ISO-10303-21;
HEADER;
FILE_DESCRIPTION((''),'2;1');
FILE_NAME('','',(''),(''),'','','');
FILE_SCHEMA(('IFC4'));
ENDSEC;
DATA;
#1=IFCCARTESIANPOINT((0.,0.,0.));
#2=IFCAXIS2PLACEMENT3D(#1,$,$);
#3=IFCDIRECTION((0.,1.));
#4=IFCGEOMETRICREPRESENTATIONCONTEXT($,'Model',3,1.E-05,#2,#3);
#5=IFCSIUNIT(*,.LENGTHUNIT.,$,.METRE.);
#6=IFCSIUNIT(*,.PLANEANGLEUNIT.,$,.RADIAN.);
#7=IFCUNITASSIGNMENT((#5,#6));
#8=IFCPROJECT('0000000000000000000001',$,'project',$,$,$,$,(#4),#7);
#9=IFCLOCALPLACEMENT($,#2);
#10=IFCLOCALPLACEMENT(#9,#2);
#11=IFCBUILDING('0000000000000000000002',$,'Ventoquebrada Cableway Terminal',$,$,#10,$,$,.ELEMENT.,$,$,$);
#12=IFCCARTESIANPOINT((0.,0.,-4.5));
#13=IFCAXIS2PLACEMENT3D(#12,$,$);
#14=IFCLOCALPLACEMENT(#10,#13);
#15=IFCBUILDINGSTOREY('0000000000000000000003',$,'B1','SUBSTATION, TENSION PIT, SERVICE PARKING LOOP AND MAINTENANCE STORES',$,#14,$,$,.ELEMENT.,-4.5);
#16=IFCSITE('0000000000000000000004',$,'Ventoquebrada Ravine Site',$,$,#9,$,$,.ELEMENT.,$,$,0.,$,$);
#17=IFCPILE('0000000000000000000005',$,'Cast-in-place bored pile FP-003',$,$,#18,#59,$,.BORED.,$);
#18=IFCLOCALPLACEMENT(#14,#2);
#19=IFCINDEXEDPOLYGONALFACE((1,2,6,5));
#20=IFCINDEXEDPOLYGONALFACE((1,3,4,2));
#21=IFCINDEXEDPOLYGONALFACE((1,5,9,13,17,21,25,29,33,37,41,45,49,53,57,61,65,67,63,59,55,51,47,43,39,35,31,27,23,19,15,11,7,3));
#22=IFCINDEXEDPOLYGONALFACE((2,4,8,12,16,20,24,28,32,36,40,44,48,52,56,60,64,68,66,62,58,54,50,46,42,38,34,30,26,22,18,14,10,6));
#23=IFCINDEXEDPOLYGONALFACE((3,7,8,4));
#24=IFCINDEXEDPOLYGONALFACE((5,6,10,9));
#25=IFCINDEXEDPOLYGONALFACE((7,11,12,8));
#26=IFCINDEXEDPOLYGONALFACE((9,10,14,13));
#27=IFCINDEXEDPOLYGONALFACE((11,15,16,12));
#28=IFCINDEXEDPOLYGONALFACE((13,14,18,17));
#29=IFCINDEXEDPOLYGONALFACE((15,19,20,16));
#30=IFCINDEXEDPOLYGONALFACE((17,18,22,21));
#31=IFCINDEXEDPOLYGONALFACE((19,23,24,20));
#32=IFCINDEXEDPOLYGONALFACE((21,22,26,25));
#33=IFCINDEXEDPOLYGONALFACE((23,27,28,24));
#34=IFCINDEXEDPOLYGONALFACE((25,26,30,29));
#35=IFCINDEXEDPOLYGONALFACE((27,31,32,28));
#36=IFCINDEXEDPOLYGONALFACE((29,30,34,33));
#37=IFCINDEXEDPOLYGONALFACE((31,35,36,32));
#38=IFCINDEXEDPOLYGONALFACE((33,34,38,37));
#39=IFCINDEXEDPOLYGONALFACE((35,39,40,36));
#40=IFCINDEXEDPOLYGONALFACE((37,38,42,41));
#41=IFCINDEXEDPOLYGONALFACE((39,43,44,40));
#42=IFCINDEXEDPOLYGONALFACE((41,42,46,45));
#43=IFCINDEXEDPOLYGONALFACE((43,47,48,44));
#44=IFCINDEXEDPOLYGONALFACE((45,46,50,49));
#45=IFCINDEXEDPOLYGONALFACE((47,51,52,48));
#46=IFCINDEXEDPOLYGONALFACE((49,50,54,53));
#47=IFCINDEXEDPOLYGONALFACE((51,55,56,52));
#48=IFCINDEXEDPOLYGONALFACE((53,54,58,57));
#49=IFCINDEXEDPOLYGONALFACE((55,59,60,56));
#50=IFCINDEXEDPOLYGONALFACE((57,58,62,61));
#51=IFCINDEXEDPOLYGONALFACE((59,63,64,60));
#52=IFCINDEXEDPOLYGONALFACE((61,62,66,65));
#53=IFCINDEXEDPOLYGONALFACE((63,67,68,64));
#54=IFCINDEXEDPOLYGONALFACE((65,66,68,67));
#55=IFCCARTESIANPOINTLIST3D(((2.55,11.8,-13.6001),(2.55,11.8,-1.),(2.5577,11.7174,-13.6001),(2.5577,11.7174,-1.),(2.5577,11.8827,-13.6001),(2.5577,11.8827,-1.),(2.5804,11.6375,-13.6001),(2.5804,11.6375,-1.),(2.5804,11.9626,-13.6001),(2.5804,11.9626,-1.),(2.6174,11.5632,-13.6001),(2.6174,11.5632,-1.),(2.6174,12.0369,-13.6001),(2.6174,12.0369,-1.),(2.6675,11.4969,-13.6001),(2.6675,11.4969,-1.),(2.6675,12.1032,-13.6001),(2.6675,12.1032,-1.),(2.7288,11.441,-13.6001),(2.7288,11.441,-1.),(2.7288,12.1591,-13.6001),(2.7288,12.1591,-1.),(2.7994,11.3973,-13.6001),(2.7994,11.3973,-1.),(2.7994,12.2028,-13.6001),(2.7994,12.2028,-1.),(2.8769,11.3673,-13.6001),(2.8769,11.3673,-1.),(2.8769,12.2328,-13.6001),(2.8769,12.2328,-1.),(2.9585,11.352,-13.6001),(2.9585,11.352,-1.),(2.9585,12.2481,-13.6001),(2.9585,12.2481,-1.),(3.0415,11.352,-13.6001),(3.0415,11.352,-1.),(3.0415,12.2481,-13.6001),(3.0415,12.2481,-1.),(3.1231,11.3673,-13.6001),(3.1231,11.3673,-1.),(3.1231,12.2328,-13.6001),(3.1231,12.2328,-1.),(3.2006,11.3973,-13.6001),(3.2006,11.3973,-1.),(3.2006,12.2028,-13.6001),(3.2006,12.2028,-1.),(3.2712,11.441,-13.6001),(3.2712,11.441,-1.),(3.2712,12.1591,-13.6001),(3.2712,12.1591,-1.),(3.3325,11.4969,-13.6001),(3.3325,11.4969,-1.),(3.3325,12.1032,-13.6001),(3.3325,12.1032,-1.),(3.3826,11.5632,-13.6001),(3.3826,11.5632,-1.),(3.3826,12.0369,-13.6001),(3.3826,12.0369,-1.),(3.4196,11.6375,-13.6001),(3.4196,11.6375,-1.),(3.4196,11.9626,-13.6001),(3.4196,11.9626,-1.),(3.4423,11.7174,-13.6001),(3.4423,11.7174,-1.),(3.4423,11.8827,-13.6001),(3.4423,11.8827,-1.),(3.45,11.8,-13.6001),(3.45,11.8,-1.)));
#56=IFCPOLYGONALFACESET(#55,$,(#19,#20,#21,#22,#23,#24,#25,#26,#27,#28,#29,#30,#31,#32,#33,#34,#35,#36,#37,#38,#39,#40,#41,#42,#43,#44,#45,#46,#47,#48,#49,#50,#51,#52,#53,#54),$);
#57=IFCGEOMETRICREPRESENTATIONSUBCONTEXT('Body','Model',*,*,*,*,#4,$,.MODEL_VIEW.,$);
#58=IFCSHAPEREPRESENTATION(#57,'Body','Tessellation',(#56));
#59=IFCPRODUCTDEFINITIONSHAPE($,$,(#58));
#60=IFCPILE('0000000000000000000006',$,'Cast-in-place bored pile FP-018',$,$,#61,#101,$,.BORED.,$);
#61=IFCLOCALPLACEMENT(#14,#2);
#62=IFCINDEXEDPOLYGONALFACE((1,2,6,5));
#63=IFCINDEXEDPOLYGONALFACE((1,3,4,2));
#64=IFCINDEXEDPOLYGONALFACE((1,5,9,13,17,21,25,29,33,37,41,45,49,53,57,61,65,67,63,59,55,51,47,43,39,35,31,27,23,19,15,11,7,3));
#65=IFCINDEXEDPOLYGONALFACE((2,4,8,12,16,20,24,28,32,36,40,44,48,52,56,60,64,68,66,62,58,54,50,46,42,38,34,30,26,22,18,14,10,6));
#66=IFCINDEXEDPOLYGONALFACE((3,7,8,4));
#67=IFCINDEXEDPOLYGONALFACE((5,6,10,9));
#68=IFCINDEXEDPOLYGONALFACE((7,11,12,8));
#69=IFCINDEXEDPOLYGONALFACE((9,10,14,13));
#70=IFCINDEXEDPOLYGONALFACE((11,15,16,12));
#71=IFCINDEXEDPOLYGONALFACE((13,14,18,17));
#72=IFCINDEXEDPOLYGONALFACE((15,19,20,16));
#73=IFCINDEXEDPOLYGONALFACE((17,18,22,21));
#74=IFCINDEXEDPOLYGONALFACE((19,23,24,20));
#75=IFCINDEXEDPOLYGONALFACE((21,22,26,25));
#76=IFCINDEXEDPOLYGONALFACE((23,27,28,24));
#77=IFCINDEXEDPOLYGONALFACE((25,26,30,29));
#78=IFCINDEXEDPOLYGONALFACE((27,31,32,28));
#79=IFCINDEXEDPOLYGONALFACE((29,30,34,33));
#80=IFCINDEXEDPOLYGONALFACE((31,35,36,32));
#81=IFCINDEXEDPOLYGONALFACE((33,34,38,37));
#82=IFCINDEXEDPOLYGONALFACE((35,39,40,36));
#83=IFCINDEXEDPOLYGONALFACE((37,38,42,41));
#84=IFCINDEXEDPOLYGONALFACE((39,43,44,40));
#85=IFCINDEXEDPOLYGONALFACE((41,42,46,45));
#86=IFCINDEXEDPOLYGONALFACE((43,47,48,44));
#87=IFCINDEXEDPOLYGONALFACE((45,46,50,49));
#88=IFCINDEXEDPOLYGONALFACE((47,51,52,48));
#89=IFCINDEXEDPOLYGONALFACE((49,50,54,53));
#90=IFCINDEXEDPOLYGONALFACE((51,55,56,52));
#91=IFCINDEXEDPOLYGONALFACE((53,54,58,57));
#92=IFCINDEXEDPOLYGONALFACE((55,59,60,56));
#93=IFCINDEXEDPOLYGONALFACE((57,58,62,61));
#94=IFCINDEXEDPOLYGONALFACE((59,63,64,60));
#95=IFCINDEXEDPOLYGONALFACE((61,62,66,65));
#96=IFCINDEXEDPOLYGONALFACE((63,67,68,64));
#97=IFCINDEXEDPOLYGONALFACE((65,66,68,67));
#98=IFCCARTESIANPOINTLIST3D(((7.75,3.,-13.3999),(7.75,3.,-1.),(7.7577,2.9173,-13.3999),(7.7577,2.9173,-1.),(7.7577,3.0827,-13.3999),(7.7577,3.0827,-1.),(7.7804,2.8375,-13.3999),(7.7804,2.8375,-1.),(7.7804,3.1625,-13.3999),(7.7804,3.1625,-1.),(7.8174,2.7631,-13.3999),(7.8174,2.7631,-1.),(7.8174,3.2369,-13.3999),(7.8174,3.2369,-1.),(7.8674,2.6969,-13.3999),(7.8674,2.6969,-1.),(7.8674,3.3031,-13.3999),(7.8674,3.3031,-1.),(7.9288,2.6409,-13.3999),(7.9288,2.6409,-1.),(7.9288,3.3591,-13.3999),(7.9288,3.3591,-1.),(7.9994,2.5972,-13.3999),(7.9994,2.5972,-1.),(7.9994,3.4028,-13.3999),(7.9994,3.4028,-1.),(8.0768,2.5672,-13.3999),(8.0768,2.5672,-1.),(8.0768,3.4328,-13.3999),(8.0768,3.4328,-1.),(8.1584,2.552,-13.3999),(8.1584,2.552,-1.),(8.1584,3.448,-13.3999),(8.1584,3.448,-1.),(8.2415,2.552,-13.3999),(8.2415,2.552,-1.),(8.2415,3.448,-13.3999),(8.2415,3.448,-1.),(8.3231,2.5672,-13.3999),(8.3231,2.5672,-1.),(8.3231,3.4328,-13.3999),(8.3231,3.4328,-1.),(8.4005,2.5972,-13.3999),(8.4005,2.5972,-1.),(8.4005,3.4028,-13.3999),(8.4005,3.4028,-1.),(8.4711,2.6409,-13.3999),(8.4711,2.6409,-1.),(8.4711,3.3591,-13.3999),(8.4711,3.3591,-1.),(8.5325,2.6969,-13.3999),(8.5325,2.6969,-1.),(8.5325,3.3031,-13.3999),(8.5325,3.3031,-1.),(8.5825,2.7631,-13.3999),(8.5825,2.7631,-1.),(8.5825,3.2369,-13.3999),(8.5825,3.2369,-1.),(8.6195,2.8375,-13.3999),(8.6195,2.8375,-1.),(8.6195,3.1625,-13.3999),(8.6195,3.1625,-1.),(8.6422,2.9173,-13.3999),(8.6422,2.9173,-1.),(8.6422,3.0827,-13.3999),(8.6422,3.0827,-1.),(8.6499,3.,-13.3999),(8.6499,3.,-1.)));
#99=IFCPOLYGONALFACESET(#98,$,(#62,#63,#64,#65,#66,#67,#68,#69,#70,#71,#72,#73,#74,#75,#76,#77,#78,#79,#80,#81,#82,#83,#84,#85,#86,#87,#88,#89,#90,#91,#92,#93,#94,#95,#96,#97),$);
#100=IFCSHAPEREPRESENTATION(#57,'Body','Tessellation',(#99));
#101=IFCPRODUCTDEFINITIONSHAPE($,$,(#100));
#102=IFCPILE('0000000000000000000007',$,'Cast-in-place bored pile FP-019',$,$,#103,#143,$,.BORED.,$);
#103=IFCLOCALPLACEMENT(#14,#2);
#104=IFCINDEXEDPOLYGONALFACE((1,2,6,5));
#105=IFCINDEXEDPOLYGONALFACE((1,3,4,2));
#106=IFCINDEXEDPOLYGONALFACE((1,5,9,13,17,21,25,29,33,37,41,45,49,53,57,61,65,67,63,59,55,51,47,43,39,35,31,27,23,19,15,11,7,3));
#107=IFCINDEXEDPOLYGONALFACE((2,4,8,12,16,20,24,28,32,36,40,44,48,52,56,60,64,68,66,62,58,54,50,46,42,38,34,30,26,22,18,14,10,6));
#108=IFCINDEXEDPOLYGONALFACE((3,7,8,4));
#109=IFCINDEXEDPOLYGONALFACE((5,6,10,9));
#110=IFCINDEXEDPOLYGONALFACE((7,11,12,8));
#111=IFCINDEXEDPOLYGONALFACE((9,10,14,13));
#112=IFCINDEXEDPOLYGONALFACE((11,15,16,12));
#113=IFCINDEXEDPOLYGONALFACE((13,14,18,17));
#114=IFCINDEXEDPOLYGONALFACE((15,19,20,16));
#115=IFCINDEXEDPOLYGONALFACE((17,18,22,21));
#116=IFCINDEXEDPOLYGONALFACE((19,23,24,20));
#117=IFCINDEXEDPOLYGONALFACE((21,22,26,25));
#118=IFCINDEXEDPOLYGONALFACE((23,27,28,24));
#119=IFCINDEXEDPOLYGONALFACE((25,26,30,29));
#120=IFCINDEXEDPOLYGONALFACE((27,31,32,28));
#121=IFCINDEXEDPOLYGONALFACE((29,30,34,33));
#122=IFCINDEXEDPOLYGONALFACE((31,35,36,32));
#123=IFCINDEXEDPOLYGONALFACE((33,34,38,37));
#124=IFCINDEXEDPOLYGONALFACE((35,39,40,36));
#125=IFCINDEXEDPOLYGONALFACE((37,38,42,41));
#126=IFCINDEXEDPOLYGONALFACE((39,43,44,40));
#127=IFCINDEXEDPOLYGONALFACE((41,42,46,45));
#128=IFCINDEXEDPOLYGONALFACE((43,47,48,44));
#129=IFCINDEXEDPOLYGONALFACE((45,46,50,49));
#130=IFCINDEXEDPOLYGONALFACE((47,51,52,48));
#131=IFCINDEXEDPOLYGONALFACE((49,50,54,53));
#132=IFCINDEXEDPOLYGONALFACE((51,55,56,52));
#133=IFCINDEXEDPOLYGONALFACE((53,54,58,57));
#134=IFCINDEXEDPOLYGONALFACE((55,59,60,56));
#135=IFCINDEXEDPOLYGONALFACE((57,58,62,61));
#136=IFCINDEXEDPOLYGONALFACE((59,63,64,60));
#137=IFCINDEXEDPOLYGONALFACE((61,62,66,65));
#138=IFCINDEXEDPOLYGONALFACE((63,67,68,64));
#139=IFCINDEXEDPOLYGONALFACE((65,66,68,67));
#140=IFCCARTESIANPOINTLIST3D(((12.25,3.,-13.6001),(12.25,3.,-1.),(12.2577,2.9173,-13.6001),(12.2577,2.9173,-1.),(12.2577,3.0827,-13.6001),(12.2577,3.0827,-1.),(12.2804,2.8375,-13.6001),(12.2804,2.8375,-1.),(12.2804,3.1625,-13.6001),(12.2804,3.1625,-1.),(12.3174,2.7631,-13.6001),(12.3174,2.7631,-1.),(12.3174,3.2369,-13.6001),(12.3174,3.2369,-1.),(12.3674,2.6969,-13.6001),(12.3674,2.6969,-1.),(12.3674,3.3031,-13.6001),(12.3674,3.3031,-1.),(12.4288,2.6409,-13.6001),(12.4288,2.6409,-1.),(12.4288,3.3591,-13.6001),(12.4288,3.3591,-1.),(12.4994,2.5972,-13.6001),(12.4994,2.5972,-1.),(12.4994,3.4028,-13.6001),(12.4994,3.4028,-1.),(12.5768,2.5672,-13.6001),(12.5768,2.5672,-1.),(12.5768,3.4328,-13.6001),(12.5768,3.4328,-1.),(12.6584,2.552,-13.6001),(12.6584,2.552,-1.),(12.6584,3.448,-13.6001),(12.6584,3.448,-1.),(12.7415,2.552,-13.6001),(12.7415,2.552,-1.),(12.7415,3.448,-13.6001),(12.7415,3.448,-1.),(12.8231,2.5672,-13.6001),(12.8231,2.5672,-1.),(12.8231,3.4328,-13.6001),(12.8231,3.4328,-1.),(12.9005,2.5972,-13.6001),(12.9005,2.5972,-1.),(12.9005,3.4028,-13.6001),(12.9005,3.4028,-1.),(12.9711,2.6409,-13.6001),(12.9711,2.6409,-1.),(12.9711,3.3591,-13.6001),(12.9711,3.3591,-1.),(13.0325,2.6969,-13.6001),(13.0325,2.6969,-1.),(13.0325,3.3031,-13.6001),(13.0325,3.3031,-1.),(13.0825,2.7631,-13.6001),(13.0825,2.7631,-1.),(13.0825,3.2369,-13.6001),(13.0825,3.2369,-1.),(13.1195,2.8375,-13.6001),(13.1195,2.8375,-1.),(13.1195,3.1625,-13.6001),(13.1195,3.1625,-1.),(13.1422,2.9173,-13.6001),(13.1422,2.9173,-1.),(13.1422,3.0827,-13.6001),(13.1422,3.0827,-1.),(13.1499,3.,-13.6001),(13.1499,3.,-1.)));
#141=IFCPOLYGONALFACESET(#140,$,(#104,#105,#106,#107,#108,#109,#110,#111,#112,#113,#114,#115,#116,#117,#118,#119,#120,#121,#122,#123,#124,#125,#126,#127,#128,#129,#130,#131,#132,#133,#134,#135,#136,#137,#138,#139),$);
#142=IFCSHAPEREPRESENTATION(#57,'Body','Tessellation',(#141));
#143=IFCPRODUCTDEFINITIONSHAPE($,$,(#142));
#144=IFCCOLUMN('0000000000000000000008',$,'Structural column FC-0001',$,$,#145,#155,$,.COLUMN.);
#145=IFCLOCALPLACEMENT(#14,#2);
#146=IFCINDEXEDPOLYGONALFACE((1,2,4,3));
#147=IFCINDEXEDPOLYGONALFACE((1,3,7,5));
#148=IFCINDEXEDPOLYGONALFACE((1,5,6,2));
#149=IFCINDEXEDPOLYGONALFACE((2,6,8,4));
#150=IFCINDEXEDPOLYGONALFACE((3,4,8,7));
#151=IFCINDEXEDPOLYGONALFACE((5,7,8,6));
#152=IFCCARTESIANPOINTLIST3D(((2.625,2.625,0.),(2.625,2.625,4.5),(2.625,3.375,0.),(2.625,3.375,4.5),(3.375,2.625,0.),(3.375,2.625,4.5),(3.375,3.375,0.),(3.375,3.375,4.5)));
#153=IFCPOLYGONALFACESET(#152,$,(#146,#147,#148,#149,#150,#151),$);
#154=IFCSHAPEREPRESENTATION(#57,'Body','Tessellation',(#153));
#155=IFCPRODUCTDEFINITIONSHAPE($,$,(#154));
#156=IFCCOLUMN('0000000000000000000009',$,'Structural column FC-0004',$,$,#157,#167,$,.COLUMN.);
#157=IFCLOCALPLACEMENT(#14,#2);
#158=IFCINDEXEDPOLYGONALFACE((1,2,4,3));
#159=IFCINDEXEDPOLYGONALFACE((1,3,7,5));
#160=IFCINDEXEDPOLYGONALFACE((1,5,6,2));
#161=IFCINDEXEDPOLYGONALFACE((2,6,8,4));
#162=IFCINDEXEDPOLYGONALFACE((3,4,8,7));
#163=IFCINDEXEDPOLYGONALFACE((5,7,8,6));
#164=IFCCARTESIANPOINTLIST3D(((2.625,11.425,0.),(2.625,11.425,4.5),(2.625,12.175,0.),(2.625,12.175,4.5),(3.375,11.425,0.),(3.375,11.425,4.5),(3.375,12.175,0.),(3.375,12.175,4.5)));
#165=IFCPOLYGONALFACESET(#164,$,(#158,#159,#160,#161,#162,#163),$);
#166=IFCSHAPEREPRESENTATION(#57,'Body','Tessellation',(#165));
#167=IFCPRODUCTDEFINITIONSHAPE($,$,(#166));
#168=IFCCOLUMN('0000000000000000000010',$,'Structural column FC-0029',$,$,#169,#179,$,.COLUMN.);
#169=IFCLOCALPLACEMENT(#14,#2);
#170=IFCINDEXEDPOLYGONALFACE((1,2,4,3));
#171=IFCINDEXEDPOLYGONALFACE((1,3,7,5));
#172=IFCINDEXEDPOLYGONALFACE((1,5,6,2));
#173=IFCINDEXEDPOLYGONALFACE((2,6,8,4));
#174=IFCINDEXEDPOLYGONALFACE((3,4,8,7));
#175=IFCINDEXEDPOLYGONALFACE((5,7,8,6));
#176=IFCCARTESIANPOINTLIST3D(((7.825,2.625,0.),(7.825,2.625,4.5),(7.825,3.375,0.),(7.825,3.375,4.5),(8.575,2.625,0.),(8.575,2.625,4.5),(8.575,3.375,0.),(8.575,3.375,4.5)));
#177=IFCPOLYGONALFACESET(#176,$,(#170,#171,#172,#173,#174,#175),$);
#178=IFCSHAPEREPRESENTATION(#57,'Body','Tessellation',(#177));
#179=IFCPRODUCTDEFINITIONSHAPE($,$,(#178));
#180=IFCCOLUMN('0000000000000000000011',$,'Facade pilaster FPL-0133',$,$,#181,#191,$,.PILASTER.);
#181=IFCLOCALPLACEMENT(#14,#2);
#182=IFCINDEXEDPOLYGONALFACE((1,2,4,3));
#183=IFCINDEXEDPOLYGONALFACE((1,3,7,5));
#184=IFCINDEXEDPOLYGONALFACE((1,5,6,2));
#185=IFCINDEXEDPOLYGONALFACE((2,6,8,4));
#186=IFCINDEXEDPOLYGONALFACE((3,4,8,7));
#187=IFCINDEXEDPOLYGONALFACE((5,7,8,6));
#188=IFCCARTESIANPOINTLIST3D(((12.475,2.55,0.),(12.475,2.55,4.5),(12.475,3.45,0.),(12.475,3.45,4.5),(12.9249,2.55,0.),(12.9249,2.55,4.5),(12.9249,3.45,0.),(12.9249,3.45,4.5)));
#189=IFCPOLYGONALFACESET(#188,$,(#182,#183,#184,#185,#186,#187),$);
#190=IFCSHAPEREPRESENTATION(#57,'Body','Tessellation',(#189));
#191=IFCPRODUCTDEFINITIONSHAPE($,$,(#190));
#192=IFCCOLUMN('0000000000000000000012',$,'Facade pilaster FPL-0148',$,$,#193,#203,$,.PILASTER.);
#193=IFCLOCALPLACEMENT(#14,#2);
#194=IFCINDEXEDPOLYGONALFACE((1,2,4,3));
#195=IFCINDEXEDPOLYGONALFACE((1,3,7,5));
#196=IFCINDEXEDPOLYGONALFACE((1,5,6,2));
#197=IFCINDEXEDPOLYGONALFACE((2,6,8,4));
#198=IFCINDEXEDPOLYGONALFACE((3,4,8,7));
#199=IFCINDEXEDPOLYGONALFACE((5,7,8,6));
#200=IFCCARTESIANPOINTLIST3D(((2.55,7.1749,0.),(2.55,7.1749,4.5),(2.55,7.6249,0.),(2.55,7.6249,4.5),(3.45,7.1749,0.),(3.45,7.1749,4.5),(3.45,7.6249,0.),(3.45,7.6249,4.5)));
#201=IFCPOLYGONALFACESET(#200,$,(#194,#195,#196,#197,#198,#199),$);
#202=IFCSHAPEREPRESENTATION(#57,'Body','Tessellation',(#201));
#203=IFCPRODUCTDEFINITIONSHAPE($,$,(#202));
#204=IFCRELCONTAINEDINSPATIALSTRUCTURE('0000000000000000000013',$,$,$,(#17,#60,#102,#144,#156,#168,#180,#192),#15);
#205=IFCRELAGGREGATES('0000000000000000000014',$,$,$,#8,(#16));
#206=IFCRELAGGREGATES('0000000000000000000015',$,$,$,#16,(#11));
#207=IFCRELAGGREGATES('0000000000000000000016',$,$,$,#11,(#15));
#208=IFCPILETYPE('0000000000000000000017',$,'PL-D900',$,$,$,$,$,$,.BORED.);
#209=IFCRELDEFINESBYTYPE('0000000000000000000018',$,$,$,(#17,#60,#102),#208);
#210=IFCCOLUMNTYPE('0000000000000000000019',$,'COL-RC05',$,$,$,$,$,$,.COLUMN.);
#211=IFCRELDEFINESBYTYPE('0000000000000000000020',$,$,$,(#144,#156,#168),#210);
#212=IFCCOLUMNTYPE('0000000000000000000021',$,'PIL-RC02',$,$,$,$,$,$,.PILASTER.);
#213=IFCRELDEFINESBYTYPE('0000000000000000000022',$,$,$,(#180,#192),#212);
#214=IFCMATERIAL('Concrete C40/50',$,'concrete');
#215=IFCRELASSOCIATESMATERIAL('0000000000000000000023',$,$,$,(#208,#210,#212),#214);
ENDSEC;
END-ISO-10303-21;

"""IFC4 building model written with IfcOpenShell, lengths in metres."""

from ifc_helpers import new_model, si_unit, direction, frame, origin, origin_2d, place, context, subcontext, project, spatial, rectangle, circle, extrude, material, material_profile, profile_set, type_object, element, save


model = new_model("IFC4")

# Units and contexts
model_context = context("Model", 3, precision=1e-05, world=origin(), true_north=direction((0.0, 1.0)))
body_context = subcontext(model_context, "Body", "Model", "MODEL_VIEW")
ifc_project = project(units=[si_unit("LENGTHUNIT", "METRE"), si_unit("PLANEANGLEUNIT", "RADIAN")], contexts=[model_context])

# Site, building, storey
site_placement = place(None, origin())
site = spatial("IfcSite", under=ifc_project, at=site_placement, Name="Ventoquebrada Ravine Site", CompositionType="ELEMENT", RefElevation=0.0)
building_placement = place(site_placement, origin())
building = spatial("IfcBuilding", under=site, at=building_placement, Name="Ventoquebrada Cableway Terminal", CompositionType="ELEMENT")
storey_placement = place(building_placement, frame((0.0, 0.0, -4.5)))
storey = spatial("IfcBuildingStorey", under=building, at=storey_placement, Name="B1", Description="SUBSTATION, TENSION PIT, SERVICE PARKING LOOP AND MAINTENANCE STORES", CompositionType="ELEMENT", Elevation=-4.5)

# Shared definitions
ifc_material = material(Name="Concrete C40/50", Category="concrete")

# Piles
ifc_material_profile_1 = material_profile(ifc_material, circle(Radius=0.45, at=origin_2d()), Name="PILE-D900")
ifc_profile_set_1 = profile_set([ifc_material_profile_1], Name="Concrete C40/50")
pile_type = type_object("IfcPileType", Name="PL-D900", PredefinedType="BORED", material=ifc_profile_set_1)
pile_1_placement = place(storey_placement, frame((3.0, 11.8, -1.0), z_axis=(0.0, 0.0, -1.0), x_axis=(1.0, 0.0, 0.0)))
element("IfcPile", 1, at=pile_1_placement, inside=storey, type_object=pile_type, Name="Cast-in-place bored pile FP-003", PredefinedType="BORED", context=body_context, shape_type="SweptSolid", body=[
    extrude(circle(Radius=0.45, at=origin_2d()), origin(), (0.0, 0.0, 1.0), 12.6001),
])
pile_2_placement = place(storey_placement, frame((8.2, 3.0, -1.0), z_axis=(0.0, 0.0, -1.0), x_axis=(1.0, 0.0, 0.0)))
element("IfcPile", 2, at=pile_2_placement, inside=storey, type_object=pile_type, Name="Cast-in-place bored pile FP-018", PredefinedType="BORED", context=body_context, shape_type="SweptSolid", body=[
    extrude(circle(Radius=0.45, at=origin_2d()), origin(), (0.0, 0.0, 1.0), 12.3999),
])
pile_3_placement = place(storey_placement, frame((12.7, 3.0, -1.0), z_axis=(0.0, 0.0, -1.0), x_axis=(1.0, 0.0, 0.0)))
element("IfcPile", 3, at=pile_3_placement, inside=storey, type_object=pile_type, Name="Cast-in-place bored pile FP-019", PredefinedType="BORED", context=body_context, shape_type="SweptSolid", body=[
    extrude(circle(Radius=0.45, at=origin_2d()), origin(), (0.0, 0.0, 1.0), 12.6001),
])

# Columns
ifc_material_profile_2 = material_profile(ifc_material, rectangle(XDim=0.75, YDim=0.75, at=origin_2d()), Name="RC-COL-750X750")
ifc_profile_set_2 = profile_set([ifc_material_profile_2], Name="Concrete C40/50")
column_type_1 = type_object("IfcColumnType", Name="COL-RC05", PredefinedType="COLUMN", material=ifc_profile_set_2)
for number, where, z_axis, x_axis, name in (
    (4, (3.0, 3.0, 0.0), (0.0, 0.0, 1.0), (1.0, 0.0, 0.0), "Structural column FC-0001"),
    (5, (3.0, 11.8, 0.0), (0.0, 0.0, 1.0), (1.0, 0.0, 0.0), "Structural column FC-0004"),
    (6, (8.2, 3.0, 0.0), (0.0, 0.0, 1.0), (1.0, 0.0, 0.0), "Structural column FC-0029"),
):
    element("IfcColumn", number, at=place(storey_placement, frame(where, z_axis=z_axis, x_axis=x_axis)), inside=storey, type_object=column_type_1, Name=name, PredefinedType="COLUMN", context=body_context, shape_type="SweptSolid", body=[
        extrude(rectangle(XDim=0.75, YDim=0.75, at=origin_2d()), origin(), (0.0, 0.0, 1.0), 4.5),
    ])
ifc_material_profile_3 = material_profile(ifc_material, rectangle(XDim=0.45, YDim=0.8999, at=origin_2d()), Name="RC-PIL-450X900")
ifc_profile_set_3 = profile_set([ifc_material_profile_3], Name="Concrete C40/50")
column_type_2 = type_object("IfcColumnType", Name="PIL-RC02", PredefinedType="PILASTER", material=ifc_profile_set_3)
for number, where, z_axis, x_axis, name in (
    (7, (12.7, 3.0, 0.0), (0.0, 0.0, 1.0), (1.0, 0.0, 0.0), "Facade pilaster FPL-0133"),
    (8, (3.0, 7.3999, 0.0), (0.0, 0.0, 1.0), (0.0, 1.0, 0.0), "Facade pilaster FPL-0148"),
):
    element("IfcColumn", number, at=place(storey_placement, frame(where, z_axis=z_axis, x_axis=x_axis)), inside=storey, type_object=column_type_2, Name=name, PredefinedType="PILASTER", context=body_context, shape_type="SweptSolid", body=[
        extrude(rectangle(XDim=0.45, YDim=0.8999, at=origin_2d()), origin(), (0.0, 0.0, 1.0), 4.5),
    ])

save(model, "model.ifc")
